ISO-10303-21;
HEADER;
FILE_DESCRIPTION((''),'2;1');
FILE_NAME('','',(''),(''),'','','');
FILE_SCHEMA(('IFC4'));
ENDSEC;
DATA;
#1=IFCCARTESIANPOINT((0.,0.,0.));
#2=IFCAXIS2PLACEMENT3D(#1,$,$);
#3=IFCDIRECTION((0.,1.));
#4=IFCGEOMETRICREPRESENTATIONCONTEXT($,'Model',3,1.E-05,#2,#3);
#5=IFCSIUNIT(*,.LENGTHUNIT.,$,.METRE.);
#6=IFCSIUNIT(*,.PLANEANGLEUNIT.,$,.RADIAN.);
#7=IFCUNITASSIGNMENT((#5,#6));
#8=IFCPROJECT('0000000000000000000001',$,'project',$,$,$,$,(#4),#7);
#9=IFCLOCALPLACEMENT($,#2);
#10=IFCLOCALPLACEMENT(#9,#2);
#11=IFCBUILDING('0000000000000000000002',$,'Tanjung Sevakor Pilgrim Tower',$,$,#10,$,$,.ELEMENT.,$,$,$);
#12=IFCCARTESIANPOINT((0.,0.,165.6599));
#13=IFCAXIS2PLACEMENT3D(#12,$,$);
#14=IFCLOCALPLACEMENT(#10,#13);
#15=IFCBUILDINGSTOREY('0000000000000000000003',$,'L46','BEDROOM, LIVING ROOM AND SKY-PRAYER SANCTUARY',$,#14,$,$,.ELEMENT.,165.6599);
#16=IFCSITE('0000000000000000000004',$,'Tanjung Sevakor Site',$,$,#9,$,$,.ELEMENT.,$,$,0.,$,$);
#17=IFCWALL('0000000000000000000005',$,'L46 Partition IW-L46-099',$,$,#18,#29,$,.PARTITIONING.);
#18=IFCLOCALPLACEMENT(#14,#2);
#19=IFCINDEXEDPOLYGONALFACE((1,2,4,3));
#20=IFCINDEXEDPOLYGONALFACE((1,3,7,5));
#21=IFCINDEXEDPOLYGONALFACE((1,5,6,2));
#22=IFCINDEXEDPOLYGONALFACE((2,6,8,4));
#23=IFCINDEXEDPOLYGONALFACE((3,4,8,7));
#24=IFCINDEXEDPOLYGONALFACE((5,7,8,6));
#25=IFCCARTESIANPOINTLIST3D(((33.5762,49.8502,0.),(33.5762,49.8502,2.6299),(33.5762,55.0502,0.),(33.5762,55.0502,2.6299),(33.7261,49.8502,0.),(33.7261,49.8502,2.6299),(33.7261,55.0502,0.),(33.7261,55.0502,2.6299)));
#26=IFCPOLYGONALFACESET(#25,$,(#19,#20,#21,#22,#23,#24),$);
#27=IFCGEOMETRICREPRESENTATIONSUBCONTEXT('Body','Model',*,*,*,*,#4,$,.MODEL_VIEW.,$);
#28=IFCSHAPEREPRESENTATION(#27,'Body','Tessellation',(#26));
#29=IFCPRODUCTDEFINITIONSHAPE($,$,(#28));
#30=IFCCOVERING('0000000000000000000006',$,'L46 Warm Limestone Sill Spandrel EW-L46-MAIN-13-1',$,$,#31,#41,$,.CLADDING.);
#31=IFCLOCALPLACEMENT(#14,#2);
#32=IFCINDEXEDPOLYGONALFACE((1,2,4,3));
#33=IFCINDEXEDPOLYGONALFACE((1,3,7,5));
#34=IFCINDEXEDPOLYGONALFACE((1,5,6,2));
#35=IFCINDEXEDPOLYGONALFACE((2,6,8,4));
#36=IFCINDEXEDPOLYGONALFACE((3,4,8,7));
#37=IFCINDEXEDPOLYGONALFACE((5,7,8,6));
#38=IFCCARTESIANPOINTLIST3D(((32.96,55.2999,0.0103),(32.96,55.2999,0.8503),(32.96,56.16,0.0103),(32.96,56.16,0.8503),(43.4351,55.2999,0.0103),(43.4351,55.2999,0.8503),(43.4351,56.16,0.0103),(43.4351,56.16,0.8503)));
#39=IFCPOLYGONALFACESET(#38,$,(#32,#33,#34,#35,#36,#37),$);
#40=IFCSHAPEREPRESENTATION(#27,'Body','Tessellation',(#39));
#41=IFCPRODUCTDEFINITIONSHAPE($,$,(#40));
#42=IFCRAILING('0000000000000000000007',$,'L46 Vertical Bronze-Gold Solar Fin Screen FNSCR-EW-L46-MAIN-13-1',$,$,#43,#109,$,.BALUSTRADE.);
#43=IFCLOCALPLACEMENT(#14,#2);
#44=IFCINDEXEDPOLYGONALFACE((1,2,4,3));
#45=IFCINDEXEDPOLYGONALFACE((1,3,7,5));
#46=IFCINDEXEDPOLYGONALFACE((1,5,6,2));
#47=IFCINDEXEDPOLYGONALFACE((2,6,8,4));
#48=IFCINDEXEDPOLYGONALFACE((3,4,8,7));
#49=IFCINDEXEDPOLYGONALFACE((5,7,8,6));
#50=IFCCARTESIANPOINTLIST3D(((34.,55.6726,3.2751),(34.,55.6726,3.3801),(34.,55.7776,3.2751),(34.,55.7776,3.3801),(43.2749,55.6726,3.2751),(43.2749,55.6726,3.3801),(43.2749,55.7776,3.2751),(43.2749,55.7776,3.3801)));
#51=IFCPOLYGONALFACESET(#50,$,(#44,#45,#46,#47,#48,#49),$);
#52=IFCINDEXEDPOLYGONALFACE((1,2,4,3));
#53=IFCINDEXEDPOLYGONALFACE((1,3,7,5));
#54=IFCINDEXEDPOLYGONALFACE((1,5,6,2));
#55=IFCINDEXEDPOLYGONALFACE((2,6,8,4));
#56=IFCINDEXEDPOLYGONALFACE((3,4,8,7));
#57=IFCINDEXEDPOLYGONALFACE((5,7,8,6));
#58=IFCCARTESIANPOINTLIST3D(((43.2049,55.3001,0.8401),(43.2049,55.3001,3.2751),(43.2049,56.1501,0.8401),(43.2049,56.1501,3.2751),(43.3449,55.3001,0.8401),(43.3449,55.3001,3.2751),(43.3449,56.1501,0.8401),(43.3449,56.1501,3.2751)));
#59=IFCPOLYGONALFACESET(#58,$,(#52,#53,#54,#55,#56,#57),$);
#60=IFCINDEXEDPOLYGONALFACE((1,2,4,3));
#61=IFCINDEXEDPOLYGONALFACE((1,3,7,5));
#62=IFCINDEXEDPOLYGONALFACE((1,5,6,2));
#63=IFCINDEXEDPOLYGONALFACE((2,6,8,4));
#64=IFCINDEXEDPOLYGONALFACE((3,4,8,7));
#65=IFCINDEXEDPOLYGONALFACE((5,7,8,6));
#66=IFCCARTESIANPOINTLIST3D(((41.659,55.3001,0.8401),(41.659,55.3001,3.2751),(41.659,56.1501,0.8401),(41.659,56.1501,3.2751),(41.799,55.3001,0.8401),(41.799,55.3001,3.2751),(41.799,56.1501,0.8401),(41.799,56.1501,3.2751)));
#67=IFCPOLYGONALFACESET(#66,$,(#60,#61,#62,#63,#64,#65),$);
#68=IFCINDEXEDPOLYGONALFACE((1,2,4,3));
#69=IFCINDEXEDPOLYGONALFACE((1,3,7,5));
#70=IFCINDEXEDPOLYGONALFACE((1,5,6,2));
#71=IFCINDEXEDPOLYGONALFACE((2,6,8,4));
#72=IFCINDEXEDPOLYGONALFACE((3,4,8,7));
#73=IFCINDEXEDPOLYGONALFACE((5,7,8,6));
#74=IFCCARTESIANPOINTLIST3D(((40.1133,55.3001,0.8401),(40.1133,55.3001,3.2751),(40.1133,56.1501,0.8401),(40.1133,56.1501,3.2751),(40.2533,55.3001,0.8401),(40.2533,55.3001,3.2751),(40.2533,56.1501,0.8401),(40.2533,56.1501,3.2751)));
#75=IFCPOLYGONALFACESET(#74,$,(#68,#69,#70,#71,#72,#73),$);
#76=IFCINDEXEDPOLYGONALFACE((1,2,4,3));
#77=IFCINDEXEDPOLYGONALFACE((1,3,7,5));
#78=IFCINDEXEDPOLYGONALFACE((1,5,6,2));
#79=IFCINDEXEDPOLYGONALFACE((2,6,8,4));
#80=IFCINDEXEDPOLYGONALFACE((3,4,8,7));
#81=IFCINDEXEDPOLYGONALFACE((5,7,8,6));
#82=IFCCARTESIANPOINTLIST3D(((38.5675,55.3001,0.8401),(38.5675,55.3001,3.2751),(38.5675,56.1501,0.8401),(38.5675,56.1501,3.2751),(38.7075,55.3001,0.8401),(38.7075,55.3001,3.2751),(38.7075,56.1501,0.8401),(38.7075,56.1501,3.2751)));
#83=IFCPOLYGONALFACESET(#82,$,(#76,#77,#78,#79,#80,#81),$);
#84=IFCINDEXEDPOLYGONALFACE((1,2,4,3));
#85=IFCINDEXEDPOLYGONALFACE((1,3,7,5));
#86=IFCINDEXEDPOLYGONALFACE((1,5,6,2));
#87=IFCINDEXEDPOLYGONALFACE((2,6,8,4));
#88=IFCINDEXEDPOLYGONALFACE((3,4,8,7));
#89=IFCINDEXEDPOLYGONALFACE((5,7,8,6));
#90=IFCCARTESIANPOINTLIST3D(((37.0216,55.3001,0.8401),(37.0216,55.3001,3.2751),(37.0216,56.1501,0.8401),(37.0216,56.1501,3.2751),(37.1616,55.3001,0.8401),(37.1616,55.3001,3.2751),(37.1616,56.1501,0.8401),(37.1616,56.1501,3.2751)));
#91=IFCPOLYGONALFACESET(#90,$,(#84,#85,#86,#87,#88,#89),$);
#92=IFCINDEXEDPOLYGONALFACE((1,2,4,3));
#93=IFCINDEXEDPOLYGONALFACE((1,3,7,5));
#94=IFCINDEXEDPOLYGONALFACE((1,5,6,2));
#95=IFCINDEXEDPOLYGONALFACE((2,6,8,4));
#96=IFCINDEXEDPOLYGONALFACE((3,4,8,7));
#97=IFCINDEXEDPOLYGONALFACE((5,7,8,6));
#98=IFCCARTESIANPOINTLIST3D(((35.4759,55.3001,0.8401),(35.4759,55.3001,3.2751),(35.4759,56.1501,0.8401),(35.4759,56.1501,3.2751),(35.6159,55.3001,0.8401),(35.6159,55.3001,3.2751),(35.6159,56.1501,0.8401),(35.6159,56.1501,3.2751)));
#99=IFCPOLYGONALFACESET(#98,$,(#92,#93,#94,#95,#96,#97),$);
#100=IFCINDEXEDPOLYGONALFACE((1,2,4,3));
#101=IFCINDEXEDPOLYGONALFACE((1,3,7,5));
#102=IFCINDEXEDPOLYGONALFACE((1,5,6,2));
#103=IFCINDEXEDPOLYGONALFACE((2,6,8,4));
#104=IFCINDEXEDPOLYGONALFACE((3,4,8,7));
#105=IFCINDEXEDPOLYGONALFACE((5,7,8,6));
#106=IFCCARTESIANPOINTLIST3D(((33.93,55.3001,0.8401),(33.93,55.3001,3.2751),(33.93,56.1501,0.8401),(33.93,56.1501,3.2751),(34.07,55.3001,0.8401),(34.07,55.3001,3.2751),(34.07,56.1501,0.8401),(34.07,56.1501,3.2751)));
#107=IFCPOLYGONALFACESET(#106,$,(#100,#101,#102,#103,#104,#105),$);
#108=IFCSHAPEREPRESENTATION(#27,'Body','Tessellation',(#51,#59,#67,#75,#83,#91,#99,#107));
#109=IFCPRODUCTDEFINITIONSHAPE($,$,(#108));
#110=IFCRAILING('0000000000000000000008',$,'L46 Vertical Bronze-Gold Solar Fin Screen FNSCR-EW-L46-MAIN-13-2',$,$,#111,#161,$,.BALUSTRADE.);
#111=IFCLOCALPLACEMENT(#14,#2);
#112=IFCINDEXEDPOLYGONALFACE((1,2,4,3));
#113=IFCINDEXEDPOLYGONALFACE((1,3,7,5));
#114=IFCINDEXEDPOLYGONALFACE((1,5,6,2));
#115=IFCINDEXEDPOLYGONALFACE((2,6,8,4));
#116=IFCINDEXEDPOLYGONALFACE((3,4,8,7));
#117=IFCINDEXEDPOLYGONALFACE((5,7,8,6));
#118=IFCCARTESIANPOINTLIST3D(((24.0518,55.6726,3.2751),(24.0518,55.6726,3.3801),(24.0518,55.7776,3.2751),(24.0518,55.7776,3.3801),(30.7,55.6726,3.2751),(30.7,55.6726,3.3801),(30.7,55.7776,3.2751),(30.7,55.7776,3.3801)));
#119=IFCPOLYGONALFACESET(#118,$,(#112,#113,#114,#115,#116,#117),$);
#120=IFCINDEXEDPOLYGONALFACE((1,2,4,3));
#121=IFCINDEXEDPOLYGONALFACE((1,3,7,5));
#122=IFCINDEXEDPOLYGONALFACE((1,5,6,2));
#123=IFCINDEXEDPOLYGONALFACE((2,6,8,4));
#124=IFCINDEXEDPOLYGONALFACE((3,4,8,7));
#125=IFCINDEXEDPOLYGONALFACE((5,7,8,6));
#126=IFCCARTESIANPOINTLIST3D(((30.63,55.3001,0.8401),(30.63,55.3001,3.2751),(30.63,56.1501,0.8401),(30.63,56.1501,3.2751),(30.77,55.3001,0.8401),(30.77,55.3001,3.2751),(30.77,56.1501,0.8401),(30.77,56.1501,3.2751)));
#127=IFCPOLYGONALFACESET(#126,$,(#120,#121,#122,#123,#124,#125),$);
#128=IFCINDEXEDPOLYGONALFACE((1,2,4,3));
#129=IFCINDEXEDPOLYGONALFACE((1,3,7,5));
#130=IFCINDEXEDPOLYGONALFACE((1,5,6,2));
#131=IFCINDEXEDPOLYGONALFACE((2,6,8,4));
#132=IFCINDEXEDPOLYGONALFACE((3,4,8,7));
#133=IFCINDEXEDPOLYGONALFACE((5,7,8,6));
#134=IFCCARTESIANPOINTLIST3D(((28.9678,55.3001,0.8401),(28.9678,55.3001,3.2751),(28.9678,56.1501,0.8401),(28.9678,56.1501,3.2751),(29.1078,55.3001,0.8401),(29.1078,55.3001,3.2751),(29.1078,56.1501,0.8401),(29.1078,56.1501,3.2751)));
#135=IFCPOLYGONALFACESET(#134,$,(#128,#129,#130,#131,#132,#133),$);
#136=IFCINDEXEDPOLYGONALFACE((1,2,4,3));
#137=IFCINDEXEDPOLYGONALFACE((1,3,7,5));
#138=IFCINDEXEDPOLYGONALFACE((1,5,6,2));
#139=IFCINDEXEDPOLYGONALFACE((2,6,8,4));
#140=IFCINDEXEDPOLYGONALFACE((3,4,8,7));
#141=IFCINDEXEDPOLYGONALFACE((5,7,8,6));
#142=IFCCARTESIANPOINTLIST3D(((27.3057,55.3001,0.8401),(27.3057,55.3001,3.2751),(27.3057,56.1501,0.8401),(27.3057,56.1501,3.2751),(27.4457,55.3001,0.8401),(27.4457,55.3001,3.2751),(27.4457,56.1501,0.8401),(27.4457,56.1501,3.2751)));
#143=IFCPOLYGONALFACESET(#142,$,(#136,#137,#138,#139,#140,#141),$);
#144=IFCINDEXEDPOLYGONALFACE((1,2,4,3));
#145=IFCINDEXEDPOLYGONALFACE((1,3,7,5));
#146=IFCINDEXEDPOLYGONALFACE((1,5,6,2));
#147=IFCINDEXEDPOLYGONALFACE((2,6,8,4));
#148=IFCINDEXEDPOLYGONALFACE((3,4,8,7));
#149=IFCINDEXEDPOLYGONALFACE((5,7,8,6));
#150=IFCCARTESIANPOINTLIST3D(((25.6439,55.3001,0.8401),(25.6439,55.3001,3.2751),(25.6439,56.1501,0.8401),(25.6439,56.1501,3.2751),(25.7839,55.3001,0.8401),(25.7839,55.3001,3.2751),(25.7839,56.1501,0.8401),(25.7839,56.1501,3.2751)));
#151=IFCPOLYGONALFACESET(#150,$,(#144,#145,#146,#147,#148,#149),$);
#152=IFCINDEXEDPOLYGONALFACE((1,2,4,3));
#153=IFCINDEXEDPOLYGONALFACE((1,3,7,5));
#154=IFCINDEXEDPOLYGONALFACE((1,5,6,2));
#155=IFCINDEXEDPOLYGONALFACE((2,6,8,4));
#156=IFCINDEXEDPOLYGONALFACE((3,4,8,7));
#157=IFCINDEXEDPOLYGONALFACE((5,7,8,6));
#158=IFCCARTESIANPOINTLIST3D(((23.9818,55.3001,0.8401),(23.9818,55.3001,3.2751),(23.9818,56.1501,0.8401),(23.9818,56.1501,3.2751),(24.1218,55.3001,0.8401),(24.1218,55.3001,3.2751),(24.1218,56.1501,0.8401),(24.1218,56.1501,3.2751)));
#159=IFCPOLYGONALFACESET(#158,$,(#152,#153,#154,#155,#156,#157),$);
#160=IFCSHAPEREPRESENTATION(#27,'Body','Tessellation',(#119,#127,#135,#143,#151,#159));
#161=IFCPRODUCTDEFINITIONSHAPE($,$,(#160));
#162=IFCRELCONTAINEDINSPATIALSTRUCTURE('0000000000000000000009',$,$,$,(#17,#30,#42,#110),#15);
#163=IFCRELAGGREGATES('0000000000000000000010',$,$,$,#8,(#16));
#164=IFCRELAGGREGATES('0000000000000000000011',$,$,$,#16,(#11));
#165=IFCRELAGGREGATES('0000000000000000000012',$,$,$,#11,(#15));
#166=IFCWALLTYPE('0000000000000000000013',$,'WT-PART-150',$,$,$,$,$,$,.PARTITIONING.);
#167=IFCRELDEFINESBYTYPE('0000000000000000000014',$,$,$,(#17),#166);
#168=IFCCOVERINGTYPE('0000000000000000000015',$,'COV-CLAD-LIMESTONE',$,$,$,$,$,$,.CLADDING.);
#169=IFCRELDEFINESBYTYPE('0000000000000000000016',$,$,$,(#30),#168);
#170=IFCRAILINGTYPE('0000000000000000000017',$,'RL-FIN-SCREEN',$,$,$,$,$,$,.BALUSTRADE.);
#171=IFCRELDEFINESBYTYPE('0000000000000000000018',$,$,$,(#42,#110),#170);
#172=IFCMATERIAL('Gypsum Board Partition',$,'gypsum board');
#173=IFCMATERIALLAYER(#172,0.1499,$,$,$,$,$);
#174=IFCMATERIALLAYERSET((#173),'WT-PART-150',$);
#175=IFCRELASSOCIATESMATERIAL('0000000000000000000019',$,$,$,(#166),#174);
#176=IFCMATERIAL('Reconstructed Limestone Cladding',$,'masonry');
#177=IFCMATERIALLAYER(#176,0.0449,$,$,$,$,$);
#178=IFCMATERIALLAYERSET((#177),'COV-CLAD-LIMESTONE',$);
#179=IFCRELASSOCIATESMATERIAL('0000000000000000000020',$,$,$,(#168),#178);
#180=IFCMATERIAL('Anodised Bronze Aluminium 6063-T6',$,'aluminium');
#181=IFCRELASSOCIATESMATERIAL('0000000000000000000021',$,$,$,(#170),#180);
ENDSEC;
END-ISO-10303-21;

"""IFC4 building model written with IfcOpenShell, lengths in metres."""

from ifc_helpers import new_model, si_unit, direction, frame, frame_2d, origin, origin_2d, place, context, subcontext, project, spatial, rectangle, extrude, material, layer, layer_set, type_object, element, save


model = new_model("IFC4")

# Units and contexts
model_context = context("Model", 3, precision=1e-05, world=origin(), true_north=direction((0.0, 1.0)))
body_context = subcontext(model_context, "Body", "Model", "MODEL_VIEW")
ifc_project = project(units=[si_unit("LENGTHUNIT", "METRE"), si_unit("PLANEANGLEUNIT", "RADIAN")], contexts=[model_context])

# Site, building, storey
site_placement = place(None, origin())
site = spatial("IfcSite", under=ifc_project, at=site_placement, Name="Tanjung Sevakor Site", CompositionType="ELEMENT", RefElevation=0.0)
building_placement = place(site_placement, origin())
building = spatial("IfcBuilding", under=site, at=building_placement, Name="Tanjung Sevakor Pilgrim Tower", CompositionType="ELEMENT")
storey_placement = place(building_placement, frame((0.0, 0.0, 165.6599)))
storey = spatial("IfcBuildingStorey", under=building, at=storey_placement, Name="L46", Description="BEDROOM, LIVING ROOM AND SKY-PRAYER SANCTUARY", CompositionType="ELEMENT", Elevation=165.6599)

# Wall
ifc_material_1 = material(Name="Gypsum Board Partition", Category="gypsum board")
ifc_layer_1 = layer(ifc_material_1, 0.1499)
ifc_layer_set_1 = layer_set([ifc_layer_1], Name="WT-PART-150")
wall_type_1 = type_object("IfcWallType", Name="WT-PART-150", PredefinedType="PARTITIONING", material=ifc_layer_set_1)
wall_1_placement = place(storey_placement, frame((33.6511, 49.8501, 0.0), z_axis=(0.0, 0.0, 1.0), x_axis=(0.0, 1.0, 0.0)))
element("IfcWall", 1, at=wall_1_placement, inside=storey, type_object=wall_type_1, Name="L46 Partition IW-L46-099", PredefinedType="PARTITIONING", context=body_context, shape_type="SweptSolid", body=[
    extrude(rectangle(XDim=5.2, YDim=0.1499, at=frame_2d((2.6001, 0.0))), origin(), (0.0, 0.0, 1.0), 2.6299),
])

# Covering
ifc_material_2 = material(Name="Reconstructed Limestone Cladding", Category="masonry")
ifc_layer_2 = layer(ifc_material_2, 0.0449)
ifc_layer_set_2 = layer_set([ifc_layer_2], Name="COV-CLAD-LIMESTONE")
covering_type = type_object("IfcCoveringType", Name="COV-CLAD-LIMESTONE", PredefinedType="CLADDING", material=ifc_layer_set_2)
covering_placement = place(storey_placement, frame((38.1975, 55.73, 0.0103), z_axis=(0.0, 0.0, 1.0), x_axis=(-1.0, 0.0, 0.0)))
element("IfcCovering", 2, at=covering_placement, inside=storey, type_object=covering_type, Name="L46 Warm Limestone Sill Spandrel EW-L46-MAIN-13-1", PredefinedType="CLADDING", context=body_context, shape_type="SweptSolid", body=[
    extrude(rectangle(XDim=10.4751, YDim=0.8601, at=origin_2d()), origin(), (0.0, 0.0, 1.0), 0.8401),
])

# Railings
ifc_material_3 = material(Name="Anodised Bronze Aluminium 6063-T6", Category="aluminium")
railing_type = type_object("IfcRailingType", Name="RL-FIN-SCREEN", PredefinedType="BALUSTRADE", material=ifc_material_3)
railing_1_placement = place(storey_placement, frame((43.2749, 55.7251, 0.8401)))
element("IfcRailing", 3, at=railing_1_placement, inside=storey, type_object=railing_type, Name="L46 Vertical Bronze-Gold Solar Fin Screen FNSCR-EW-L46-MAIN-13-1", PredefinedType="BALUSTRADE", context=body_context, shape_type="SweptSolid", body=[
    extrude(rectangle(XDim=0.105, YDim=0.105), frame((0.0, 0.0, 2.4875), z_axis=(-1.0, 0.0, 0.0), x_axis=(0.0, -1.0, 0.0)), (0.0, 0.0, 1.0), 9.2749),
    extrude(rectangle(XDim=0.14, YDim=0.85), origin(), (0.0, 0.0, 1.0), 2.4351),
    extrude(rectangle(XDim=0.14, YDim=0.85), frame((-1.5459, 0.0, 0.0)), (0.0, 0.0, 1.0), 2.4351),
    extrude(rectangle(XDim=0.14, YDim=0.85), frame((-3.0916, 0.0, 0.0)), (0.0, 0.0, 1.0), 2.4351),
    extrude(rectangle(XDim=0.14, YDim=0.85), frame((-4.6375, 0.0, 0.0)), (0.0, 0.0, 1.0), 2.4351),
    extrude(rectangle(XDim=0.14, YDim=0.85), frame((-6.1833, 0.0, 0.0)), (0.0, 0.0, 1.0), 2.4351),
    extrude(rectangle(XDim=0.14, YDim=0.85), frame((-7.729, 0.0, 0.0)), (0.0, 0.0, 1.0), 2.4351),
    extrude(rectangle(XDim=0.14, YDim=0.85), frame((-9.2749, 0.0, 0.0)), (0.0, 0.0, 1.0), 2.4351),
])
railing_2_placement = place(storey_placement, frame((30.7, 55.7251, 0.8401)))
element("IfcRailing", 4, at=railing_2_placement, inside=storey, type_object=railing_type, Name="L46 Vertical Bronze-Gold Solar Fin Screen FNSCR-EW-L46-MAIN-13-2", PredefinedType="BALUSTRADE", context=body_context, shape_type="SweptSolid", body=[
    extrude(rectangle(XDim=0.105, YDim=0.105), frame((0.0, 0.0, 2.4875), z_axis=(-1.0, 0.0, 0.0), x_axis=(0.0, -1.0, 0.0)), (0.0, 0.0, 1.0), 6.6482),
    extrude(rectangle(XDim=0.14, YDim=0.85), origin(), (0.0, 0.0, 1.0), 2.4351),
    extrude(rectangle(XDim=0.14, YDim=0.85), frame((-1.6621, 0.0, 0.0)), (0.0, 0.0, 1.0), 2.4351),
    extrude(rectangle(XDim=0.14, YDim=0.85), frame((-3.3242, 0.0, 0.0)), (0.0, 0.0, 1.0), 2.4351),
    extrude(rectangle(XDim=0.14, YDim=0.85), frame((-4.9861, 0.0, 0.0)), (0.0, 0.0, 1.0), 2.4351),
    extrude(rectangle(XDim=0.14, YDim=0.85), frame((-6.6482, 0.0, 0.0)), (0.0, 0.0, 1.0), 2.4351),
])

save(model, "model.ifc")
